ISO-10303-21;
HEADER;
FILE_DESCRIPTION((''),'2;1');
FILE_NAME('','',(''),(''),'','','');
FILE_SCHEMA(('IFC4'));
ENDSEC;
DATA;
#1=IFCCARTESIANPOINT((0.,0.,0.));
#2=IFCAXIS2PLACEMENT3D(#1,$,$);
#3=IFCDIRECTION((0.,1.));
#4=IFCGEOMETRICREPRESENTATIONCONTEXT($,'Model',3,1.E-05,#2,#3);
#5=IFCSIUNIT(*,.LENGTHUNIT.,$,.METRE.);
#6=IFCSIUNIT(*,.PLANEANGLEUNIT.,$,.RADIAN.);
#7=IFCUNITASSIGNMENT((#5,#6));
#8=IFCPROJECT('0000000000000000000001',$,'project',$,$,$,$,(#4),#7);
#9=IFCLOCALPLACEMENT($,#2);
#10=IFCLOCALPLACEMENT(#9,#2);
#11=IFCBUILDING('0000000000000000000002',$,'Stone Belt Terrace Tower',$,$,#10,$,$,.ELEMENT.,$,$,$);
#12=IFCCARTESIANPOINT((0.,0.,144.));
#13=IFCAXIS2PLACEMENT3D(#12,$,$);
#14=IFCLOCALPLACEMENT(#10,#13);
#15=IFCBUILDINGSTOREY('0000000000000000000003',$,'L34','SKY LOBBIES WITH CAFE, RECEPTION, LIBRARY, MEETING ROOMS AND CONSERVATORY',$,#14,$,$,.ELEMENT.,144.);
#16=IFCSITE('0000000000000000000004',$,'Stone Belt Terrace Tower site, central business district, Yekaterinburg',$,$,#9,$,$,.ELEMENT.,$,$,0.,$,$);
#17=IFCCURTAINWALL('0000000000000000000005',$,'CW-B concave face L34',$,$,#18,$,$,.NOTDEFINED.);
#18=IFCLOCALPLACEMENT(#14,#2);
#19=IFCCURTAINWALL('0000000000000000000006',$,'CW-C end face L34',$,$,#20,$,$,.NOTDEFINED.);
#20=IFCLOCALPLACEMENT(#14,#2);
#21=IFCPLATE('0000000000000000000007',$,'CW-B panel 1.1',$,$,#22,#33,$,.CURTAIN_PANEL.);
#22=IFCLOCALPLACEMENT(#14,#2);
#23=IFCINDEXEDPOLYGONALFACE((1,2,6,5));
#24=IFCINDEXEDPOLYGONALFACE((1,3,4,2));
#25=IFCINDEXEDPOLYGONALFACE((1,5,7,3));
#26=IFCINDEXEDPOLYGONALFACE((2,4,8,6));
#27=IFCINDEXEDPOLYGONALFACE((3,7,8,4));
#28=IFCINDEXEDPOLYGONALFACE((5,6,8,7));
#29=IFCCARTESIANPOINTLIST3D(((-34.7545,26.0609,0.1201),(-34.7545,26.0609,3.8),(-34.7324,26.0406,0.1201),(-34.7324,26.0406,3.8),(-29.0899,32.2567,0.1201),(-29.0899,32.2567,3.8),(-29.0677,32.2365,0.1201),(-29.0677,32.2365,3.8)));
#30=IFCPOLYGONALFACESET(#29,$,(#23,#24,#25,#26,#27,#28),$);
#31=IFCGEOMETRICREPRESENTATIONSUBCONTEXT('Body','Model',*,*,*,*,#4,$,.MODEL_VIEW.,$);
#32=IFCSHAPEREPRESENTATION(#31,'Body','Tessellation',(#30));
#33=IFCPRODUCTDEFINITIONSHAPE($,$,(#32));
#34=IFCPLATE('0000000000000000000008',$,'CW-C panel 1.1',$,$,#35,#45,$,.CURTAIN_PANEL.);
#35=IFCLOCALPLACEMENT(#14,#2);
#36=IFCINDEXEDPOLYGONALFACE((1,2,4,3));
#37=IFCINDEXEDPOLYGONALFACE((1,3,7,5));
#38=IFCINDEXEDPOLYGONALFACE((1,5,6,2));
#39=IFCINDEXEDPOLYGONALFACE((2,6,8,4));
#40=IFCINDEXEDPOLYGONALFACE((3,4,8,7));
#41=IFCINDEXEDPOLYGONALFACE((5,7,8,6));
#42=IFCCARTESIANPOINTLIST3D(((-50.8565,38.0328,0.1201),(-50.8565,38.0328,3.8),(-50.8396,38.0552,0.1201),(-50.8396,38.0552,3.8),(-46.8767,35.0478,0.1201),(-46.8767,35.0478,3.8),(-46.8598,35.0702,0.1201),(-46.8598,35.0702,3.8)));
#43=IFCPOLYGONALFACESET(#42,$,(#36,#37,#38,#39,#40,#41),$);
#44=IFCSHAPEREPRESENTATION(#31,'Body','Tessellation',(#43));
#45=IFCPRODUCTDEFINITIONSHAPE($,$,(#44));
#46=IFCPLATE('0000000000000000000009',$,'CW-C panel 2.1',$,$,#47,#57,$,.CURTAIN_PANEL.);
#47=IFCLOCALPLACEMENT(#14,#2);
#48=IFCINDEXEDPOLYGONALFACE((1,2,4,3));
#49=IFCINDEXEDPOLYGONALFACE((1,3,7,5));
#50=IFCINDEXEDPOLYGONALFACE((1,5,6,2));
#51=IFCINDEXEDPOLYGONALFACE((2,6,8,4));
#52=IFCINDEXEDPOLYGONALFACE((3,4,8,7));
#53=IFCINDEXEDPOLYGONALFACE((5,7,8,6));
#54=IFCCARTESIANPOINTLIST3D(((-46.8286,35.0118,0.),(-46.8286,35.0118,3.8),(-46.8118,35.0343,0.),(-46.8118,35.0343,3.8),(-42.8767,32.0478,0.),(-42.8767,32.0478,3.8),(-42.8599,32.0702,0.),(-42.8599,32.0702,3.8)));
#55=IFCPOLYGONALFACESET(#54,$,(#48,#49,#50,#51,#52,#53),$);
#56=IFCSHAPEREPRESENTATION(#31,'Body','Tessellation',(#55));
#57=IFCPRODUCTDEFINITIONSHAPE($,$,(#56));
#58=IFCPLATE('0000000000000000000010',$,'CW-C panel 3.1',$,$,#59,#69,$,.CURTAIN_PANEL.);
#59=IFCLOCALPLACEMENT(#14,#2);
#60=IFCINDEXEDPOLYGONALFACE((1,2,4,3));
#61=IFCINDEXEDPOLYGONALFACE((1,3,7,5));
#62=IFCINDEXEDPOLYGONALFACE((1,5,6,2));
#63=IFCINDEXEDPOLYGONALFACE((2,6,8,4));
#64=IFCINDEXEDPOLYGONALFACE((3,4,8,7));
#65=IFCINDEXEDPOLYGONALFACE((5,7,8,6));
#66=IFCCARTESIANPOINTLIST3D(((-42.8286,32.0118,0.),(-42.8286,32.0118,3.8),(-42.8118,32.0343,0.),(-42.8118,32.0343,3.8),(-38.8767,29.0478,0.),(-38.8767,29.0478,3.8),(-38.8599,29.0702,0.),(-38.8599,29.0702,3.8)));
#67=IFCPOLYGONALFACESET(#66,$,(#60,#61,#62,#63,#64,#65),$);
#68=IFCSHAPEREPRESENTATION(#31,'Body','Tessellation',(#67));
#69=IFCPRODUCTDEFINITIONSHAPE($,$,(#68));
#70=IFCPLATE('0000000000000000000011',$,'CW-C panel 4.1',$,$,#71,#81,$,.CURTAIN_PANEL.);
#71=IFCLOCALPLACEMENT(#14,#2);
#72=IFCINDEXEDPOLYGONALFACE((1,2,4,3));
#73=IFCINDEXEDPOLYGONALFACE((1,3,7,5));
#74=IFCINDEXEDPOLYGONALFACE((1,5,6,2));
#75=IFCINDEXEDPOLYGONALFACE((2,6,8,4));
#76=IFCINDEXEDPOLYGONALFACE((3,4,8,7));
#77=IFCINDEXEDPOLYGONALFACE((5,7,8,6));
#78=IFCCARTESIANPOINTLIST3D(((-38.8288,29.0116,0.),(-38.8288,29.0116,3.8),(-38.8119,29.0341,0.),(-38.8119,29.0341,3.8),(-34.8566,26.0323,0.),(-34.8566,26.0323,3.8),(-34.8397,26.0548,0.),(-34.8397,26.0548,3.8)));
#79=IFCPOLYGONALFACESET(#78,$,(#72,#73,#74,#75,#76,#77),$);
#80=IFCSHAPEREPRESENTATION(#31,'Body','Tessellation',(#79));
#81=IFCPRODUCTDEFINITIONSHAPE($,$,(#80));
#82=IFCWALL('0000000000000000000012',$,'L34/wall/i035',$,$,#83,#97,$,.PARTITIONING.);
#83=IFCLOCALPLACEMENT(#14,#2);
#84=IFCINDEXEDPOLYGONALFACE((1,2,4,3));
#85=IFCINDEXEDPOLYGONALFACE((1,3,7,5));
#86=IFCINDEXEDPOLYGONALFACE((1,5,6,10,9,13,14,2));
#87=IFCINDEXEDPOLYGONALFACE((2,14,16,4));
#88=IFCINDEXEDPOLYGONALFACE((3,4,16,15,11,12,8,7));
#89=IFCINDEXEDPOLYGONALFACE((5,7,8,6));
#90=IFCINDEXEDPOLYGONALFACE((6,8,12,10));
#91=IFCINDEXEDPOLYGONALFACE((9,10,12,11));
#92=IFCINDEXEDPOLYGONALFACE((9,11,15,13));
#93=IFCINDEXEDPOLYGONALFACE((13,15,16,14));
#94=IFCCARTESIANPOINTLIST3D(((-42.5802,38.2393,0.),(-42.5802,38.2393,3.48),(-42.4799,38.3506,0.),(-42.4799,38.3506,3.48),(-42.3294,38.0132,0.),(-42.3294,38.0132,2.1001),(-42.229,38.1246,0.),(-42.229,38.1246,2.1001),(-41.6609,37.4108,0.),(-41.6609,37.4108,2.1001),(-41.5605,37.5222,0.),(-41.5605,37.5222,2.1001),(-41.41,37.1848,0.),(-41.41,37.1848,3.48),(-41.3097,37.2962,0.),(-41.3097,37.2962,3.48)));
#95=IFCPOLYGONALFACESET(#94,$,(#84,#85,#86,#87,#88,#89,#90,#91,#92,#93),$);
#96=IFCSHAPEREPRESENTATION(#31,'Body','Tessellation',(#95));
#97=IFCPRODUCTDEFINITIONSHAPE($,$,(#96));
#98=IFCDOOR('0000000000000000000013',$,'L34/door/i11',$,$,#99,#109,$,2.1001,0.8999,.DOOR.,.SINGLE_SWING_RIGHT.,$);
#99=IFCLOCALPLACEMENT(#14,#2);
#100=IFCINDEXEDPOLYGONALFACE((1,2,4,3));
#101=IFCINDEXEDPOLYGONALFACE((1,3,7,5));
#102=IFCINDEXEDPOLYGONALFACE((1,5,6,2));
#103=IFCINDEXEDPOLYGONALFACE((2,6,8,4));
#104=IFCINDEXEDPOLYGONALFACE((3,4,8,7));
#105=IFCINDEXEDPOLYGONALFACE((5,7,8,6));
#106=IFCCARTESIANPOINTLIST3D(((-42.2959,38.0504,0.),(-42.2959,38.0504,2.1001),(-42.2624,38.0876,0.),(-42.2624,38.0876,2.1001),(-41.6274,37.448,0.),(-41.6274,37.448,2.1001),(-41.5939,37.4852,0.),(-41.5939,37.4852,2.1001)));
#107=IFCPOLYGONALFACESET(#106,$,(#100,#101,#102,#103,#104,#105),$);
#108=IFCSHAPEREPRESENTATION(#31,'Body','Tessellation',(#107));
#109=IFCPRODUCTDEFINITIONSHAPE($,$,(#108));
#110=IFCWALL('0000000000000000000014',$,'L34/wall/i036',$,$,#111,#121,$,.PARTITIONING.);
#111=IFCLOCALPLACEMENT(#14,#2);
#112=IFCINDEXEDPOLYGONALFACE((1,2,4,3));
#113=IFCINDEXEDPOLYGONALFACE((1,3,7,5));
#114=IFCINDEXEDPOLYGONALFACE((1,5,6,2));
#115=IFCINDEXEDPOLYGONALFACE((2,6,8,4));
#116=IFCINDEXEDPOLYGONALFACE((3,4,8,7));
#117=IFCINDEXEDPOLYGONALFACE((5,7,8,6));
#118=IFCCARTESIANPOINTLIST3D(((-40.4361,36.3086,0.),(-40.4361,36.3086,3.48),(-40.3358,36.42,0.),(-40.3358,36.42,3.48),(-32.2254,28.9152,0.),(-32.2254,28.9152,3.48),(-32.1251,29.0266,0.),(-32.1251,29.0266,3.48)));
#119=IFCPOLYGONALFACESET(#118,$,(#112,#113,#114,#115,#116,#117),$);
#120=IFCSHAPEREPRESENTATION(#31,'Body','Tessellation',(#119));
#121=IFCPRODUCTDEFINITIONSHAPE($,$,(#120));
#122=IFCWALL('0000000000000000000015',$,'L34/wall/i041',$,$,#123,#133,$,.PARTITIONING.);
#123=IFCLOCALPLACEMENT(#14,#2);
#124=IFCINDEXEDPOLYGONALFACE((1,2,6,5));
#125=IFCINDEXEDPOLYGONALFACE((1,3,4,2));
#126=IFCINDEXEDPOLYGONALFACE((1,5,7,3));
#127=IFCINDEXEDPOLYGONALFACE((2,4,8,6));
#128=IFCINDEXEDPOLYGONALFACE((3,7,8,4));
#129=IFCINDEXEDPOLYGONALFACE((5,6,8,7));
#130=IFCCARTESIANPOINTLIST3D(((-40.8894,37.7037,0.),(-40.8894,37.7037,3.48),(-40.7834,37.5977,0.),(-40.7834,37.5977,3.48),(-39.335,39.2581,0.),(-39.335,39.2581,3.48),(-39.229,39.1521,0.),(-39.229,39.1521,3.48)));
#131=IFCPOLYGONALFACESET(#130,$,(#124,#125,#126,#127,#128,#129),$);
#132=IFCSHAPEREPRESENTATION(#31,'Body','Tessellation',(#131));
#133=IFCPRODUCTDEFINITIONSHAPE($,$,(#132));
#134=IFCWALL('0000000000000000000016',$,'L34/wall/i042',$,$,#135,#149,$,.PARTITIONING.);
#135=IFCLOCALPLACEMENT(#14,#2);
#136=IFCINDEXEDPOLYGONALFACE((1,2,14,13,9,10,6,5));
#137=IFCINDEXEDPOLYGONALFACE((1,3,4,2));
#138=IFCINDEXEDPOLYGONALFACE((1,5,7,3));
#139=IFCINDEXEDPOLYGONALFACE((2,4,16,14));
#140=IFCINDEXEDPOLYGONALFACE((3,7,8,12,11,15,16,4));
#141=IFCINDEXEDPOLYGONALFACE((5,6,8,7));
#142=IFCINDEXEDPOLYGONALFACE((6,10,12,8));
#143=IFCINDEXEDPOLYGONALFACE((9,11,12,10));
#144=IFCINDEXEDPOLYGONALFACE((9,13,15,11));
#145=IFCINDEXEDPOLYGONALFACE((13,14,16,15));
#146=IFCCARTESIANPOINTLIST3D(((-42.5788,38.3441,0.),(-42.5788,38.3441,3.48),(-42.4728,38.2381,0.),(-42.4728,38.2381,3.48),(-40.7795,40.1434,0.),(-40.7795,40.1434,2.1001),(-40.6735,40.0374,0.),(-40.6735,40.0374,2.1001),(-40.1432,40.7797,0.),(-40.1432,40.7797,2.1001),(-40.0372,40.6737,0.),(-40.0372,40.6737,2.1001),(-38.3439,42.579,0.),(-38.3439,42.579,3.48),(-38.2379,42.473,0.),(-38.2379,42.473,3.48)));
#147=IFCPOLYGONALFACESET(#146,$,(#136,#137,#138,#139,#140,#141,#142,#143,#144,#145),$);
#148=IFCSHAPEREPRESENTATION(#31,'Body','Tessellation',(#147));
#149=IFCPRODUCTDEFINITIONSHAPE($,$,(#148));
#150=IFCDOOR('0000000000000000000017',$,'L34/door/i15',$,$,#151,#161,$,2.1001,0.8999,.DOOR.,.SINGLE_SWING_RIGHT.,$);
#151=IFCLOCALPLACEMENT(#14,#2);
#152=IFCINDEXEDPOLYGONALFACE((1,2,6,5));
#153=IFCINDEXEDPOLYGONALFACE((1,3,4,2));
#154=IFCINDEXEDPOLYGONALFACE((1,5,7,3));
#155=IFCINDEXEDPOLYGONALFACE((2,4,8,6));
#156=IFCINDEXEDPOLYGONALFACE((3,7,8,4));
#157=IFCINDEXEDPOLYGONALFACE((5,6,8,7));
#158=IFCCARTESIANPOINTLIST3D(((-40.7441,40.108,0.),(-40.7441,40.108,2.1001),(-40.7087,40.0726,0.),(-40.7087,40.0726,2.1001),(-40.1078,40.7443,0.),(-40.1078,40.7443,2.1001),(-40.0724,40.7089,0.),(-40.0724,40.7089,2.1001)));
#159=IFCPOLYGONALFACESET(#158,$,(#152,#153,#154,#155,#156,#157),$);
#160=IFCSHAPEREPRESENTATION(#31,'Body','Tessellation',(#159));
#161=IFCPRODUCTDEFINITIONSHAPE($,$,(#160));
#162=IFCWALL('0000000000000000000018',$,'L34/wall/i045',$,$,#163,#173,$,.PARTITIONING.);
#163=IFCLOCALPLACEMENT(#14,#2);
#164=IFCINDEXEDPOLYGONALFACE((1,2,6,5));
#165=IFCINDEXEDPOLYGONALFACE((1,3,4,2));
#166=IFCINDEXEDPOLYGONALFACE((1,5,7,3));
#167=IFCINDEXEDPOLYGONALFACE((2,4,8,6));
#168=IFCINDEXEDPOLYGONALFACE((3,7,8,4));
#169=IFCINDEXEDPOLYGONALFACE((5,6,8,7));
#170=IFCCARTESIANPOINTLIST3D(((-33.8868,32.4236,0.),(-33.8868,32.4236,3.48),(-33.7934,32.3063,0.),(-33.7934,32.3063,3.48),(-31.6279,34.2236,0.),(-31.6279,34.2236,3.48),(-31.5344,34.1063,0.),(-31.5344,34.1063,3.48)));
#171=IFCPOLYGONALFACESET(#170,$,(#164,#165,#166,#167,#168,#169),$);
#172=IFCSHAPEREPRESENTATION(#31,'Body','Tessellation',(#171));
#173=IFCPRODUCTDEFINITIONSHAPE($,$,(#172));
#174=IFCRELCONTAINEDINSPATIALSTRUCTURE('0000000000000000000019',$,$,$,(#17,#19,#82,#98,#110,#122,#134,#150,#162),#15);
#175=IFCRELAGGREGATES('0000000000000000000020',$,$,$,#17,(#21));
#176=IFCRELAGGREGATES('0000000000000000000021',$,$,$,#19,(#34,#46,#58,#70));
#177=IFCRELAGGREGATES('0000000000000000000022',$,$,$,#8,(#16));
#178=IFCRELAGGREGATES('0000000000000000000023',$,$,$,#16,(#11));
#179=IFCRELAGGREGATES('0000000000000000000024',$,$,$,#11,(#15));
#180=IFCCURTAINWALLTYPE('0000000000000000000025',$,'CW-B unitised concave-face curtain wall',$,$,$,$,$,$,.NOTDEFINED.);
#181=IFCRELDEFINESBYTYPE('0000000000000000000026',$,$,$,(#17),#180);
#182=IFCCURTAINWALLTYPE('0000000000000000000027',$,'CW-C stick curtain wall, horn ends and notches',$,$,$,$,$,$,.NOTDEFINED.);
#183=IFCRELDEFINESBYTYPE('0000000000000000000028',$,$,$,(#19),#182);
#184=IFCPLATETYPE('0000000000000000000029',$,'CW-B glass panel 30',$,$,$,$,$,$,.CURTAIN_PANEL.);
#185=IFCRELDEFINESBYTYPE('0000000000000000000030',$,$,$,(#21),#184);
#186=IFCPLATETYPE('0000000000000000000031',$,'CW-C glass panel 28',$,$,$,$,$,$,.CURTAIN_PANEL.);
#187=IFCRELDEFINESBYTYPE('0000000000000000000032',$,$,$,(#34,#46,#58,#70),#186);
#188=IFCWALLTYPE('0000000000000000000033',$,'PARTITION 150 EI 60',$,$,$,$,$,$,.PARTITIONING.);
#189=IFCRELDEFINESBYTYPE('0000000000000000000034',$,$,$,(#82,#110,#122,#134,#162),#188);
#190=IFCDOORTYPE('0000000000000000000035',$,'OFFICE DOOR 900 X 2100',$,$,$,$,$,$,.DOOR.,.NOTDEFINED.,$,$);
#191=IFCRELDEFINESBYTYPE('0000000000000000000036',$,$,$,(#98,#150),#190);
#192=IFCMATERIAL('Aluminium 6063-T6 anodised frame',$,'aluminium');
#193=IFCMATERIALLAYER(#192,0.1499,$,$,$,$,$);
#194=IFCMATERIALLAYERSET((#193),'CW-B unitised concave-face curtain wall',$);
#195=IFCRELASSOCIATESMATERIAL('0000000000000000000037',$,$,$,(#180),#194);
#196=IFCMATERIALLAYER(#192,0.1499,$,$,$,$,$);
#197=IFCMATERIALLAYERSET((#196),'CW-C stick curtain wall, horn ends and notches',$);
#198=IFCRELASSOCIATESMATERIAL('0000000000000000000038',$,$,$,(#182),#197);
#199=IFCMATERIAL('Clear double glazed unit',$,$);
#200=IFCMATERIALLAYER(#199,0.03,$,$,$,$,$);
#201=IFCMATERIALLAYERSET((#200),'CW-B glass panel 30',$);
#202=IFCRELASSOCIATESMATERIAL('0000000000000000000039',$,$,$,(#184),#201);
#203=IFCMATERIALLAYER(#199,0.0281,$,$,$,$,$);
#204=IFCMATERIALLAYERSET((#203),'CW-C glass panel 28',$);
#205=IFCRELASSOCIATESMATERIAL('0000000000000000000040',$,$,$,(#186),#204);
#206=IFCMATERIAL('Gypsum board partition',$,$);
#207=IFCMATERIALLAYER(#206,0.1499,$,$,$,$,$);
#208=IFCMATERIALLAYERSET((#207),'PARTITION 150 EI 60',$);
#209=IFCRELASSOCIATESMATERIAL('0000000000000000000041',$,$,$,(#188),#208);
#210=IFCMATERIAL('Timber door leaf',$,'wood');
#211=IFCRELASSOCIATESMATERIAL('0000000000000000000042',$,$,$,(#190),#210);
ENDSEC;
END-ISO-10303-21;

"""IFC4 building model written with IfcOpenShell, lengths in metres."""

from ifc_helpers import new_model, si_unit, direction, frame, frame_2d, origin, origin_2d, place, context, subcontext, project, spatial, rectangle, extrude, material, layer, layer_set, type_object, element, fill, aggregate, save


model = new_model("IFC4")

# Units and contexts
model_context = context("Model", 3, precision=1e-05, world=origin(), true_north=direction((0.0, 1.0)))
body_context = subcontext(model_context, "Body", "Model", "MODEL_VIEW")
ifc_project = project(units=[si_unit("LENGTHUNIT", "METRE"), si_unit("PLANEANGLEUNIT", "RADIAN")], contexts=[model_context])

# Site, building, storey
site_placement = place(None, origin())
site = spatial("IfcSite", under=ifc_project, at=site_placement, Name="Stone Belt Terrace Tower site, central business district, Yekaterinburg", CompositionType="ELEMENT", RefElevation=0.0)
building_placement = place(site_placement, origin())
building = spatial("IfcBuilding", under=site, at=building_placement, Name="Stone Belt Terrace Tower", CompositionType="ELEMENT")
storey_placement = place(building_placement, frame((0.0, 0.0, 144.0)))
storey = spatial("IfcBuildingStorey", under=building, at=storey_placement, Name="L34", Description="SKY LOBBIES WITH CAFE, RECEPTION, LIBRARY, MEETING ROOMS AND CONSERVATORY", CompositionType="ELEMENT", Elevation=144.0)

# Curtain walls
ifc_material_1 = material(Name="Aluminium 6063-T6 anodised frame", Category="aluminium")
ifc_layer_1 = layer(ifc_material_1, 0.1499)
ifc_layer_set_1 = layer_set([ifc_layer_1], Name="CW-B unitised concave-face curtain wall")
curtain_wall_type_1 = type_object("IfcCurtainWallType", Name="CW-B unitised concave-face curtain wall", PredefinedType="NOTDEFINED", material=ifc_layer_set_1)
curtain_wall_1_placement = place(storey_placement, origin())
curtain_wall_1 = element("IfcCurtainWall", 1, at=curtain_wall_1_placement, inside=storey, type_object=curtain_wall_type_1, Name="CW-B concave face L34", PredefinedType="NOTDEFINED")
ifc_layer_2 = layer(ifc_material_1, 0.1499)
ifc_layer_set_2 = layer_set([ifc_layer_2], Name="CW-C stick curtain wall, horn ends and notches")
curtain_wall_type_2 = type_object("IfcCurtainWallType", Name="CW-C stick curtain wall, horn ends and notches", PredefinedType="NOTDEFINED", material=ifc_layer_set_2)
curtain_wall_2_placement = place(storey_placement, origin())
curtain_wall_2 = element("IfcCurtainWall", 2, at=curtain_wall_2_placement, inside=storey, type_object=curtain_wall_type_2, Name="CW-C end face L34", PredefinedType="NOTDEFINED")

# Plates
ifc_material_2 = material(Name="Clear double glazed unit")
ifc_layer_3 = layer(ifc_material_2, 0.03)
ifc_layer_set_3 = layer_set([ifc_layer_3], Name="CW-B glass panel 30")
plate_type_1 = type_object("IfcPlateType", Name="CW-B glass panel 30", PredefinedType="CURTAIN_PANEL", material=ifc_layer_set_3)
plate_1_placement = place(storey_placement, frame((-31.9111, 29.1487, 0.1201), z_axis=(0.0, 0.0, 1.0), x_axis=(0.674761, 0.738036, 0.0)))
plate_1 = element("IfcPlate", 3, at=plate_1_placement, type_object=plate_type_1, Name="CW-B panel 1.1", PredefinedType="CURTAIN_PANEL", context=body_context, shape_type="SweptSolid", body=[
    extrude(rectangle(XDim=8.395, YDim=0.03, at=origin_2d()), origin(), (0.0, 0.0, 1.0), 3.6799),
])
aggregate(curtain_wall_1, [plate_1])
ifc_layer_4 = layer(ifc_material_2, 0.0281)
ifc_layer_set_4 = layer_set([ifc_layer_4], Name="CW-C glass panel 28")
plate_type_2 = type_object("IfcPlateType", Name="CW-C glass panel 28", PredefinedType="CURTAIN_PANEL", material=ifc_layer_set_4)
plate_2_placement = place(storey_placement, frame((-48.8582, 36.5515, 0.1201), z_axis=(0.0, 0.0, 1.0), x_axis=(0.799987, -0.600018, 0.0)))
plate_2 = element("IfcPlate", 4, at=plate_2_placement, type_object=plate_type_2, Name="CW-C panel 1.1", PredefinedType="CURTAIN_PANEL", context=body_context, shape_type="SweptSolid", body=[
    extrude(rectangle(XDim=4.9749, YDim=0.0281, at=origin_2d()), origin(), (0.0, 0.0, 1.0), 3.6799),
])
plate_3_placement = place(storey_placement, frame((-44.8442, 33.541, 0.0), z_axis=(0.0, 0.0, 1.0), x_axis=(0.799987, -0.600018, 0.0)))
plate_3 = element("IfcPlate", 5, at=plate_3_placement, type_object=plate_type_2, Name="CW-C panel 2.1", PredefinedType="CURTAIN_PANEL", context=body_context, shape_type="SweptSolid", body=[
    extrude(rectangle(XDim=4.9399, YDim=0.0281, at=origin_2d()), origin(), (0.0, 0.0, 1.0), 3.8),
])
plate_4_placement = place(storey_placement, frame((-40.8442, 30.541, 0.0), z_axis=(0.0, 0.0, 1.0), x_axis=(0.799987, -0.600018, 0.0)))
plate_4 = element("IfcPlate", 6, at=plate_4_placement, type_object=plate_type_2, Name="CW-C panel 3.1", PredefinedType="CURTAIN_PANEL", context=body_context, shape_type="SweptSolid", body=[
    extrude(rectangle(XDim=4.9399, YDim=0.0281, at=origin_2d()), origin(), (0.0, 0.0, 1.0), 3.8),
])
plate_5_placement = place(storey_placement, frame((-36.8342, 27.5332, 0.0), z_axis=(0.0, 0.0, 1.0), x_axis=(0.799987, -0.600018, 0.0)))
plate_5 = element("IfcPlate", 7, at=plate_5_placement, type_object=plate_type_2, Name="CW-C panel 4.1", PredefinedType="CURTAIN_PANEL", context=body_context, shape_type="SweptSolid", body=[
    extrude(rectangle(XDim=4.9653, YDim=0.0281, at=origin_2d()), origin(), (0.0, 0.0, 1.0), 3.8),
])
aggregate(curtain_wall_2, [plate_2, plate_3, plate_4, plate_5])

# Wall, opening, door
ifc_material_3 = material(Name="Gypsum board partition")
ifc_layer_5 = layer(ifc_material_3, 0.1499)
ifc_layer_set_5 = layer_set([ifc_layer_5], Name="PARTITION 150 EI 60")
wall_type_1 = type_object("IfcWallType", Name="PARTITION 150 EI 60", PredefinedType="PARTITIONING", material=ifc_layer_set_5)
wall_1_placement = place(storey_placement, frame((-41.3599, 37.2405, 0.0), z_axis=(0.0, 0.0, 1.0), x_axis=(-0.742886, 0.669418, 0.0)))
wall_1 = element("IfcWall", 8, at=wall_1_placement, inside=storey, type_object=wall_type_1, Name="L34/wall/i035", PredefinedType="PARTITIONING", context=body_context, shape_type="SweptSolid", body=[
    extrude(rectangle(XDim=1.5752, YDim=0.1499, at=frame_2d((0.7876, 0.0))), origin(), (0.0, 0.0, 1.0), 3.48),
])
opening_1_placement = place(wall_1_placement, frame((0.3376, 0.0, 0.0)))
opening_1 = element("IfcOpeningElement", 9, at=opening_1_placement, cuts=wall_1, PredefinedType="OPENING", context=body_context, shape_type="SweptSolid", body=[
    extrude(rectangle(XDim=0.8999, YDim=2.1001, at=frame_2d((0.45, 1.05))), frame((0.0, 0.085, 0.0), z_axis=(0.0, -1.0, 0.0), x_axis=(1.0, 0.0, 0.0)), (0.0, 0.0, 1.0), 0.1699),
])
ifc_material_4 = material(Name="Timber door leaf", Category="wood")
door_type_1 = type_object("IfcDoorType", Name="OFFICE DOOR 900 X 2100", OperationType="NOTDEFINED", PredefinedType="DOOR", material=ifc_material_4)
door_1_placement = place(opening_1_placement, origin())
door_1 = element("IfcDoor", 10, at=door_1_placement, inside=storey, type_object=door_type_1, Name="L34/door/i11", OperationType="SINGLE_SWING_RIGHT", OverallHeight=2.1001, OverallWidth=0.8999, PredefinedType="DOOR", context=body_context, shape_type="SweptSolid", body=[
    extrude(rectangle(XDim=0.8999, YDim=2.1001, at=frame_2d((0.45, 1.05))), frame((0.0, 0.0249, 0.0), z_axis=(0.0, -1.0, 0.0), x_axis=(1.0, 0.0, 0.0)), (0.0, 0.0, 1.0), 0.05),
])
fill(opening_1, door_1)

# Walls
wall_2_placement = place(storey_placement, frame((-40.386, 36.3643, 0.0), z_axis=(0.0, 0.0, 1.0), x_axis=(0.743128, -0.669149, 0.0)))
element("IfcWall", 11, at=wall_2_placement, inside=storey, type_object=wall_type_1, Name="L34/wall/i036", PredefinedType="PARTITIONING", context=body_context, shape_type="SweptSolid", body=[
    extrude(rectangle(XDim=11.0488, YDim=0.1499, at=frame_2d((5.5244, 0.0))), origin(), (0.0, 0.0, 1.0), 3.48),
])
wall_3_placement = place(storey_placement, frame((-39.282, 39.2051, 0.0), z_axis=(0.0, 0.0, 1.0), x_axis=(-0.707107, -0.707107, 0.0)))
element("IfcWall", 12, at=wall_3_placement, inside=storey, type_object=wall_type_1, Name="L34/wall/i041", PredefinedType="PARTITIONING", context=body_context, shape_type="SweptSolid", body=[
    extrude(rectangle(XDim=2.1982, YDim=0.1499, at=frame_2d((1.0991, 0.0))), origin(), (0.0, 0.0, 1.0), 3.48),
])

# Wall, opening, door
wall_4_placement = place(storey_placement, frame((-42.5259, 38.291, 0.0), z_axis=(0.0, 0.0, 1.0), x_axis=(0.707107, 0.707107, 0.0)))
wall_4 = element("IfcWall", 13, at=wall_4_placement, inside=storey, type_object=wall_type_1, Name="L34/wall/i042", PredefinedType="PARTITIONING", context=body_context, shape_type="SweptSolid", body=[
    extrude(rectangle(XDim=5.989, YDim=0.1499, at=frame_2d((2.9946, 0.0))), origin(), (0.0, 0.0, 1.0), 3.48),
])
opening_2_placement = place(wall_4_placement, frame((2.5447, 0.0, 0.0)))
opening_2 = element("IfcOpeningElement", 14, at=opening_2_placement, cuts=wall_4, PredefinedType="OPENING", context=body_context, shape_type="SweptSolid", body=[
    extrude(rectangle(XDim=0.8999, YDim=2.1001, at=frame_2d((0.45, 1.05))), frame((0.0, 0.085, 0.0), z_axis=(0.0, -1.0, 0.0), x_axis=(1.0, 0.0, 0.0)), (0.0, 0.0, 1.0), 0.1699),
])
door_2_placement = place(opening_2_placement, origin())
door_2 = element("IfcDoor", 15, at=door_2_placement, inside=storey, type_object=door_type_1, Name="L34/door/i15", OperationType="SINGLE_SWING_RIGHT", OverallHeight=2.1001, OverallWidth=0.8999, PredefinedType="DOOR", context=body_context, shape_type="SweptSolid", body=[
    extrude(rectangle(XDim=0.8999, YDim=2.1001, at=frame_2d((0.45, 1.05))), frame((0.0, 0.0249, 0.0), z_axis=(0.0, -1.0, 0.0), x_axis=(1.0, 0.0, 0.0)), (0.0, 0.0, 1.0), 0.05),
])
fill(opening_2, door_2)

# Wall
wall_5_placement = place(storey_placement, frame((-31.5811, 34.165, 0.0), z_axis=(0.0, 0.0, 1.0), x_axis=(-0.78208, -0.623179, 0.0)))
element("IfcWall", 16, at=wall_5_placement, inside=storey, type_object=wall_type_1, Name="L34/wall/i045", PredefinedType="PARTITIONING", context=body_context, shape_type="SweptSolid", body=[
    extrude(rectangle(XDim=2.8884, YDim=0.1499, at=frame_2d((1.4443, 0.0))), origin(), (0.0, 0.0, 1.0), 3.48),
])

save(model, "model.ifc")
